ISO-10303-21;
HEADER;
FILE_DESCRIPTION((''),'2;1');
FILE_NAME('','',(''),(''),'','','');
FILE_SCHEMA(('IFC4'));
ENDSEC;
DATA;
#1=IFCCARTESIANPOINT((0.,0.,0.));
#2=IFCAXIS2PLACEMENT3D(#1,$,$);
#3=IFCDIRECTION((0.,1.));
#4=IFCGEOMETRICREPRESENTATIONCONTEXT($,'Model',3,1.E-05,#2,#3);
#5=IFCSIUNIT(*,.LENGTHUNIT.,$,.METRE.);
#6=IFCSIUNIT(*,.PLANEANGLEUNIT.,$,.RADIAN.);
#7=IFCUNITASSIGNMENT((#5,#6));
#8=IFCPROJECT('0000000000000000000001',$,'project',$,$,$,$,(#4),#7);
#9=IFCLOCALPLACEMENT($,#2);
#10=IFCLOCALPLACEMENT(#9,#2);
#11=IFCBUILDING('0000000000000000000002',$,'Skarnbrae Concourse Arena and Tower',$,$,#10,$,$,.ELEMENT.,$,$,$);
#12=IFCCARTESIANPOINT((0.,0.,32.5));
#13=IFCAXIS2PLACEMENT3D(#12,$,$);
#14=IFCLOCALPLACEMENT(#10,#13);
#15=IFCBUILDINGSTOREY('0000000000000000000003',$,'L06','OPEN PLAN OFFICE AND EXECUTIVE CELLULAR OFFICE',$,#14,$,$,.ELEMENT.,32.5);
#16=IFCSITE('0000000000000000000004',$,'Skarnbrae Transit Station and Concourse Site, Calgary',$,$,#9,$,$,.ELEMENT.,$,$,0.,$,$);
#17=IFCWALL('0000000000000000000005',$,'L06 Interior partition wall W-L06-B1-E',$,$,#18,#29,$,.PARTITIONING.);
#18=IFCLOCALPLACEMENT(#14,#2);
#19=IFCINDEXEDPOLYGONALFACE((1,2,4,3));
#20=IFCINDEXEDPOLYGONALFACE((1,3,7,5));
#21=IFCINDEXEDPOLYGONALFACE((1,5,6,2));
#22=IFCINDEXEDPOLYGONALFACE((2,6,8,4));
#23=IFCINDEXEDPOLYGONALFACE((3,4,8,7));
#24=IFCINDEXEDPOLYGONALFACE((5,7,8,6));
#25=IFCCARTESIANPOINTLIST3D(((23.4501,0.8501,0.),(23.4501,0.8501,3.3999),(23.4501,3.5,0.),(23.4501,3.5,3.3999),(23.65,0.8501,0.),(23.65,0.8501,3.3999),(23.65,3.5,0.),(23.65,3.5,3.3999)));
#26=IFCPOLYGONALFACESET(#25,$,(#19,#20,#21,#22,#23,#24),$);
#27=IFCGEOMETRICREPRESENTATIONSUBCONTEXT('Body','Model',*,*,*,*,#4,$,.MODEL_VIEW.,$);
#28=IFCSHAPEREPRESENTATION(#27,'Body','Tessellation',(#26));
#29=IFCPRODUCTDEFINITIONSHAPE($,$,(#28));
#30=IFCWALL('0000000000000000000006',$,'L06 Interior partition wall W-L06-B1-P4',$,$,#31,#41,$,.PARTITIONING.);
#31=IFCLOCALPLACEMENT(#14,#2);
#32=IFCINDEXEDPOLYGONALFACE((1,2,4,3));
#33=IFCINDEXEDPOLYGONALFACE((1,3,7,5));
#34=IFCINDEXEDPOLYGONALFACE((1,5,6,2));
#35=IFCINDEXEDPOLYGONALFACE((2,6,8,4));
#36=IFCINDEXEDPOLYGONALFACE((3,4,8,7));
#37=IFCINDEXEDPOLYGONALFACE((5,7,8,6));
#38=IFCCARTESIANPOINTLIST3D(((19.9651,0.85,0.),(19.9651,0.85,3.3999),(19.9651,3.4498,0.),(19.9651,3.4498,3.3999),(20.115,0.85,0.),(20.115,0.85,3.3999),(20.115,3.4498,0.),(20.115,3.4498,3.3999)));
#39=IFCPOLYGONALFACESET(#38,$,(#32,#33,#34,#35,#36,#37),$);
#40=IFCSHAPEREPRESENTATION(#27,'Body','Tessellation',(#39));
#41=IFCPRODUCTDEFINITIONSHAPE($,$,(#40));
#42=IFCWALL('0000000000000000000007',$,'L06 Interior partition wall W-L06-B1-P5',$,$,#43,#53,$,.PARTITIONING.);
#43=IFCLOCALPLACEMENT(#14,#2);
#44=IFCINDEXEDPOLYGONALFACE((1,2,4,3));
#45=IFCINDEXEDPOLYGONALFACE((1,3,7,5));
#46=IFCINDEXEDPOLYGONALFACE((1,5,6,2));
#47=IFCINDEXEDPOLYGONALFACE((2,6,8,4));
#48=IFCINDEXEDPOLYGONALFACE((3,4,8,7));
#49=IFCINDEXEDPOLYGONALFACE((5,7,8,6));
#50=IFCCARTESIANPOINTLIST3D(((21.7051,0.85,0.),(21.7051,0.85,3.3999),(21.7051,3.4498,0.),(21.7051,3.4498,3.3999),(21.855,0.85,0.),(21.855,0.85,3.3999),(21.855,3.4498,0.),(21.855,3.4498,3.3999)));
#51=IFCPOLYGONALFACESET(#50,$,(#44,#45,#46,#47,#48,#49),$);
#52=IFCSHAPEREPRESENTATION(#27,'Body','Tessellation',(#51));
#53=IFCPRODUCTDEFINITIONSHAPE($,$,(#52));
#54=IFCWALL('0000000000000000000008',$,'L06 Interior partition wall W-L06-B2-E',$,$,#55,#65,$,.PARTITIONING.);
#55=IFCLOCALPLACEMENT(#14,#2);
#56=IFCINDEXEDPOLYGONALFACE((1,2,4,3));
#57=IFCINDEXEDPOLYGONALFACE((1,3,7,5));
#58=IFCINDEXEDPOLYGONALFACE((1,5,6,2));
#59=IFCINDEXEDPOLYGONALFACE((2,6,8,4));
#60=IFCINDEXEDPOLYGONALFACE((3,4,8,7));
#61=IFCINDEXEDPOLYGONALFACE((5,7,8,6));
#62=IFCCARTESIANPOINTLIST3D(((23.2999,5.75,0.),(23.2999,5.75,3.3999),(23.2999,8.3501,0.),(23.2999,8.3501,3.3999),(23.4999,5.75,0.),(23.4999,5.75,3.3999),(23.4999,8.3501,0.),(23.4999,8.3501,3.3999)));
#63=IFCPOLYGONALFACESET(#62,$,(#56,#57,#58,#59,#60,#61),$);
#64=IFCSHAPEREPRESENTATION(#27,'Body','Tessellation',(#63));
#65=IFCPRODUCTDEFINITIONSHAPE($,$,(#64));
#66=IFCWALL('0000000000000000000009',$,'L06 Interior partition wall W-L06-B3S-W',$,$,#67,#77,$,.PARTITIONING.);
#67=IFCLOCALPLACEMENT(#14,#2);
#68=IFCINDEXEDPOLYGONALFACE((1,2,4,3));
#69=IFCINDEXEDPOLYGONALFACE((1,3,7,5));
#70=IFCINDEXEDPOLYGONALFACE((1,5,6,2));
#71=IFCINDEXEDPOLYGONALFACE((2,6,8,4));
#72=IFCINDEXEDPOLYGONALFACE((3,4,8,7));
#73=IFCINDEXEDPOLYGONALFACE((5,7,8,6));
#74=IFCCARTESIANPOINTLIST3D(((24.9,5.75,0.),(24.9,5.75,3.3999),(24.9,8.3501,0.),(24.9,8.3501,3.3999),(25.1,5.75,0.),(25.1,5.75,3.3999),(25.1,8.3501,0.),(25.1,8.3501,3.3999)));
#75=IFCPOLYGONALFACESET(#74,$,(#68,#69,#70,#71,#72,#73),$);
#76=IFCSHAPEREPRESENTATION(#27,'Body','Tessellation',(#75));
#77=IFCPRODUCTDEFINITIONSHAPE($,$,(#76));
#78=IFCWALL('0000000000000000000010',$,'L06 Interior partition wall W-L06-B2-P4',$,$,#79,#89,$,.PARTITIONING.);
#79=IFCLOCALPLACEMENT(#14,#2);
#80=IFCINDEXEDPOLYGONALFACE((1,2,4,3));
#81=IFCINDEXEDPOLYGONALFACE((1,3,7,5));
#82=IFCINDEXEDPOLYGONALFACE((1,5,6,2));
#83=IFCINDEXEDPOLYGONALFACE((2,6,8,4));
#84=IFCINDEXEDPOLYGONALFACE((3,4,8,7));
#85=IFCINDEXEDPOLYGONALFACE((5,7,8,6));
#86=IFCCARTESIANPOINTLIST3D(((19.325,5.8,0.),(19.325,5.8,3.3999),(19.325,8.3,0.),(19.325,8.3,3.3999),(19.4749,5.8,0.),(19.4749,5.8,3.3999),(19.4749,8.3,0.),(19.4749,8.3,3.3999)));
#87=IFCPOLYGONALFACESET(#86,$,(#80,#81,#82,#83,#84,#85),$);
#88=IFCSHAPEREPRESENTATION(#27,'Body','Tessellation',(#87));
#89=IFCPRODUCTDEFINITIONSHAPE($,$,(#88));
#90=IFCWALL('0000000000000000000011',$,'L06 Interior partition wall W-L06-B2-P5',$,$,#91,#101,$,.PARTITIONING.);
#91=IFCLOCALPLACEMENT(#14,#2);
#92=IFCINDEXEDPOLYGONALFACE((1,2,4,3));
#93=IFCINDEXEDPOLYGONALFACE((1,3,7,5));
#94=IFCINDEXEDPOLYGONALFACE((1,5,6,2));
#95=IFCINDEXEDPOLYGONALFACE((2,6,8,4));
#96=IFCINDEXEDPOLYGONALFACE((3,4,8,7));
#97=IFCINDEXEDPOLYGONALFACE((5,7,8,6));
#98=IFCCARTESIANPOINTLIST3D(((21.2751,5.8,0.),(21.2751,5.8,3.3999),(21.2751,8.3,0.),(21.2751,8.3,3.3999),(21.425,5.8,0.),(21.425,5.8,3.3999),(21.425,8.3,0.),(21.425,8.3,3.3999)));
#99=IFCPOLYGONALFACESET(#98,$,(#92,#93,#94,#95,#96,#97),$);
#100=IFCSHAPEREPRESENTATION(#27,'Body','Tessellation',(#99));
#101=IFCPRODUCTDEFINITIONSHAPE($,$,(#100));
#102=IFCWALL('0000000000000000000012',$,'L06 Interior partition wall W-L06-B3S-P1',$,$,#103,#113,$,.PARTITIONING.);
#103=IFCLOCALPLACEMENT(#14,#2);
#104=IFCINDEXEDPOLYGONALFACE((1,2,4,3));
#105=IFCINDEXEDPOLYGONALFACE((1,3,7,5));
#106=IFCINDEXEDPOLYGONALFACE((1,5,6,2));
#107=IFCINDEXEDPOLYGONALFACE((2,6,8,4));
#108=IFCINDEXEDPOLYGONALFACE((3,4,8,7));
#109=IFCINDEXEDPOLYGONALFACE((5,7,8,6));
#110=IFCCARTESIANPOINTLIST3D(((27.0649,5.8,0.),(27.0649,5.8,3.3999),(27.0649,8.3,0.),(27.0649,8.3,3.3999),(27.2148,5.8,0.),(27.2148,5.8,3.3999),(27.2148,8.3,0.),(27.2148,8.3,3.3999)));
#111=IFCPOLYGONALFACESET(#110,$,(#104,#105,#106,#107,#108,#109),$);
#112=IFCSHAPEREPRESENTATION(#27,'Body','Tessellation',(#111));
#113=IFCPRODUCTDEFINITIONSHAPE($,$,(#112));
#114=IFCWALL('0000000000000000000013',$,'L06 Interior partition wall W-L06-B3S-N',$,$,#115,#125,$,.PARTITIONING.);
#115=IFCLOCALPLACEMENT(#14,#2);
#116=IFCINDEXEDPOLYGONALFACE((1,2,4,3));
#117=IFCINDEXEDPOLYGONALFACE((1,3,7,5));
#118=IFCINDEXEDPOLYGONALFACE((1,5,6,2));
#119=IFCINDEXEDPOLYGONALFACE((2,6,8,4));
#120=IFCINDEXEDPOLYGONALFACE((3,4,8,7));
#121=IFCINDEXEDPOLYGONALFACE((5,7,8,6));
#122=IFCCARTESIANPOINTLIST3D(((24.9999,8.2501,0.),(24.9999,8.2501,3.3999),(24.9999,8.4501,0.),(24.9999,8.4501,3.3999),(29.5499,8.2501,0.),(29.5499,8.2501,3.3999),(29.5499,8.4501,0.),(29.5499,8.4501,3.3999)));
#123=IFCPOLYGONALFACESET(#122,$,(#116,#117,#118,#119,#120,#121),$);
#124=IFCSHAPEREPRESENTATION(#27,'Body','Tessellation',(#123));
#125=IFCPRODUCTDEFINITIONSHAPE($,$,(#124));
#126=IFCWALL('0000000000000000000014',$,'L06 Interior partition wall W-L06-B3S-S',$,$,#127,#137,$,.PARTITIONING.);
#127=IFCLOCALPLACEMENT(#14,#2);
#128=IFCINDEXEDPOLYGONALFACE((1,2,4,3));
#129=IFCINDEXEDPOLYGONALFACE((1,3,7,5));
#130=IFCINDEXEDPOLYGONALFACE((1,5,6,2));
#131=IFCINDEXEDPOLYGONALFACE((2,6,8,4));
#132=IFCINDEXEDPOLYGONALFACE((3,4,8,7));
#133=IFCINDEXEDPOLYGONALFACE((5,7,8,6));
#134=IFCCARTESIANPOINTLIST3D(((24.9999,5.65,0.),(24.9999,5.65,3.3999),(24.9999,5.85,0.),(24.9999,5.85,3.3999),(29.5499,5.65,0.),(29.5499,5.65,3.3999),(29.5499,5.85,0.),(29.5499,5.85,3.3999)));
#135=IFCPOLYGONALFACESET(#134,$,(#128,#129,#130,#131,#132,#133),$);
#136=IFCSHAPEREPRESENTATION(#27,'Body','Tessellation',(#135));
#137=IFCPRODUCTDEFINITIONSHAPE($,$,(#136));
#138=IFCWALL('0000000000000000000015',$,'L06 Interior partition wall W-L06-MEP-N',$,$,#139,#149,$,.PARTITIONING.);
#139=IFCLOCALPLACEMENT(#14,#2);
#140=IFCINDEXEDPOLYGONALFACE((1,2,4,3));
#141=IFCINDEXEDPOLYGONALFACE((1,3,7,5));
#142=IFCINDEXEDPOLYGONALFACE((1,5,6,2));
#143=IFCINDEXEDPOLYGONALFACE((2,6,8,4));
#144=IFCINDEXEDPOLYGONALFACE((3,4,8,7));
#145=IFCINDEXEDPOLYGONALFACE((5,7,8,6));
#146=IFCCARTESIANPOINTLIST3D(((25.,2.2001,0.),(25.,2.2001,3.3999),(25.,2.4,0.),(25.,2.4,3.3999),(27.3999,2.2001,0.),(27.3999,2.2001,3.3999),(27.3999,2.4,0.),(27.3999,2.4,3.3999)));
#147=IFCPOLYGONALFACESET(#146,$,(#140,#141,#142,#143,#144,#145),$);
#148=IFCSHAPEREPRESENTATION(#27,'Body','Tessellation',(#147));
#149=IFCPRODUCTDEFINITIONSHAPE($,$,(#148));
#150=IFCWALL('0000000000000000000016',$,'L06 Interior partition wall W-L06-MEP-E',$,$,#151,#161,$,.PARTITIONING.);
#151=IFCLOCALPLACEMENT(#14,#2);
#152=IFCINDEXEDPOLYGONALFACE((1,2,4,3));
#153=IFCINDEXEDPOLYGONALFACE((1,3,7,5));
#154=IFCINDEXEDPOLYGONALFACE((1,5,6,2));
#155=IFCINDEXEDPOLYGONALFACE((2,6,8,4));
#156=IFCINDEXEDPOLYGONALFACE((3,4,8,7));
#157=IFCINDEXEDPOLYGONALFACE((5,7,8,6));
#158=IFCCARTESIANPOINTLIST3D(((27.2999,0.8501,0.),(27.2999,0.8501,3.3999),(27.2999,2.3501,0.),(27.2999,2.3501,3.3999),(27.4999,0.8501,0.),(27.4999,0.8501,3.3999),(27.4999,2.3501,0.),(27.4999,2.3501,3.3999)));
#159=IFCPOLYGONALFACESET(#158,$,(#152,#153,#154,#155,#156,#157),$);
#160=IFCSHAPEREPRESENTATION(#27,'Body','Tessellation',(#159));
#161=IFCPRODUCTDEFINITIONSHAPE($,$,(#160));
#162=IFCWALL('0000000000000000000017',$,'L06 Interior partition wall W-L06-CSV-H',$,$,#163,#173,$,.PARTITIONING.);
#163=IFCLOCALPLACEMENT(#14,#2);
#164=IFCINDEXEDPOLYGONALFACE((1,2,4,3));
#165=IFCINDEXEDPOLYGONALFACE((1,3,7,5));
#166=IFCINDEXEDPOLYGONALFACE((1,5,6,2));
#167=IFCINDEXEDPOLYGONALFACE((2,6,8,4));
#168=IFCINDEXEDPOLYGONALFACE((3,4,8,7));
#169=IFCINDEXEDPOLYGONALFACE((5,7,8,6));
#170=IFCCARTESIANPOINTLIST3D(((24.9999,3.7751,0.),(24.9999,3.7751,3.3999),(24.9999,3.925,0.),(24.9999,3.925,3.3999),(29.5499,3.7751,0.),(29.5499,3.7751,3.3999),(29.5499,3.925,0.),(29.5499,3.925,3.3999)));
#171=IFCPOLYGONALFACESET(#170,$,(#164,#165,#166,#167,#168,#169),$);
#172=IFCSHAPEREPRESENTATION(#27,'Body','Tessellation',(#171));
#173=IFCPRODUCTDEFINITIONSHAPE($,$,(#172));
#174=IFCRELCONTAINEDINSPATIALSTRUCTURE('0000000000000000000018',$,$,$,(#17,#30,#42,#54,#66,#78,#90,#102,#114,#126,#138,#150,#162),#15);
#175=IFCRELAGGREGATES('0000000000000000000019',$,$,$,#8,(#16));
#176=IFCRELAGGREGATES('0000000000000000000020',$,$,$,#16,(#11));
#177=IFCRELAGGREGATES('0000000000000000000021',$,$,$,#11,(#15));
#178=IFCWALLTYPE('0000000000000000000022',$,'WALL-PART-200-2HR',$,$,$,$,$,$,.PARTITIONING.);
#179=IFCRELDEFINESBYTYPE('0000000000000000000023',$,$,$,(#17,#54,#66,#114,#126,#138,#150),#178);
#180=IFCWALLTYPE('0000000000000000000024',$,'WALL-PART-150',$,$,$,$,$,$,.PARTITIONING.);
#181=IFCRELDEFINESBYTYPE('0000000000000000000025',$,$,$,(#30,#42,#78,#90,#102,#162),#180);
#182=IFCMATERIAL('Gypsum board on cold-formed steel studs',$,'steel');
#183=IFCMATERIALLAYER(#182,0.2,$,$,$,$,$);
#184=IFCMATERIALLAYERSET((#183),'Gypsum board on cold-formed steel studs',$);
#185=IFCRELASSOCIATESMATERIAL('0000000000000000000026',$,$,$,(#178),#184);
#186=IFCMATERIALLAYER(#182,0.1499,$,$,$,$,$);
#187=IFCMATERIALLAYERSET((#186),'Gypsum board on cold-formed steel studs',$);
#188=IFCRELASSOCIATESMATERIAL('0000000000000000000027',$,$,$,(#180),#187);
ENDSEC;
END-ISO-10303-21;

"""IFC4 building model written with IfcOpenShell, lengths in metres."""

from ifc_helpers import new_model, si_unit, direction, frame, frame_2d, origin, place, context, subcontext, project, spatial, rectangle, extrude, source, transform, mapped, material, layer, layer_set, type_object, element, save


model = new_model("IFC4")

# Units and contexts
model_context = context("Model", 3, precision=1e-05, world=origin(), true_north=direction((0.0, 1.0)))
body_context = subcontext(model_context, "Body", "Model", "MODEL_VIEW")
ifc_project = project(units=[si_unit("LENGTHUNIT", "METRE"), si_unit("PLANEANGLEUNIT", "RADIAN")], contexts=[model_context])

# Site, building, storey
site_placement = place(None, origin())
site = spatial("IfcSite", under=ifc_project, at=site_placement, Name="Skarnbrae Transit Station and Concourse Site, Calgary", CompositionType="ELEMENT", RefElevation=0.0)
building_placement = place(site_placement, origin())
building = spatial("IfcBuilding", under=site, at=building_placement, Name="Skarnbrae Concourse Arena and Tower", CompositionType="ELEMENT")
storey_placement = place(building_placement, frame((0.0, 0.0, 32.5)))
storey = spatial("IfcBuildingStorey", under=building, at=storey_placement, Name="L06", Description="OPEN PLAN OFFICE AND EXECUTIVE CELLULAR OFFICE", CompositionType="ELEMENT", Elevation=32.5)

# Walls
ifc_material_1 = material(Name="Gypsum board on cold-formed steel studs", Category="steel")
ifc_layer_1 = layer(ifc_material_1, 0.2)
ifc_layer_set_1 = layer_set([ifc_layer_1], Name="Gypsum board on cold-formed steel studs")
wall_type_1 = type_object("IfcWallType", Name="WALL-PART-200-2HR", PredefinedType="PARTITIONING", material=ifc_layer_set_1)
shared_shape_1 = source(origin(), body_context, "Body", "SweptSolid", [
    extrude(rectangle(XDim=2.6499, YDim=0.2, at=frame_2d((1.325, 0.0))), origin(), (0.0, 0.0, 1.0), 3.3999),
])
wall_1_placement = place(storey_placement, frame((23.55, 0.8501, 0.0), z_axis=(0.0, 0.0, 1.0), x_axis=(0.0, 1.0, 0.0)))
element("IfcWall", 1, at=wall_1_placement, inside=storey, type_object=wall_type_1, Name="L06 Interior partition wall W-L06-B1-E", PredefinedType="PARTITIONING", context=body_context, shape_type="MappedRepresentation", body=[
    mapped(shared_shape_1, transform((0.0, 0.0, 0.0))),
])
ifc_layer_2 = layer(ifc_material_1, 0.1499)
ifc_layer_set_2 = layer_set([ifc_layer_2], Name="Gypsum board on cold-formed steel studs")
wall_type_2 = type_object("IfcWallType", Name="WALL-PART-150", PredefinedType="PARTITIONING", material=ifc_layer_set_2)
shared_shape_2 = source(origin(), body_context, "Body", "SweptSolid", [
    extrude(rectangle(XDim=2.5999, YDim=0.1499, at=frame_2d((1.2998, 0.0))), origin(), (0.0, 0.0, 1.0), 3.3999),
])
for number, where, z_axis, x_axis, name in (
    (2, (20.04, 0.8501, 0.0), (0.0, 0.0, 1.0), (0.0, 1.0, 0.0), "L06 Interior partition wall W-L06-B1-P4"),
    (3, (21.78, 0.8501, 0.0), (0.0, 0.0, 1.0), (0.0, 1.0, 0.0), "L06 Interior partition wall W-L06-B1-P5"),
):
    element("IfcWall", number, at=place(storey_placement, frame(where, z_axis=z_axis, x_axis=x_axis)), inside=storey, type_object=wall_type_2, Name=name, PredefinedType="PARTITIONING", context=body_context, shape_type="MappedRepresentation", body=[
        mapped(shared_shape_2, transform((0.0, 0.0, 0.0))),
    ])
shared_shape_3 = source(origin(), body_context, "Body", "SweptSolid", [
    extrude(rectangle(XDim=2.6001, YDim=0.2, at=frame_2d((1.3, 0.0))), origin(), (0.0, 0.0, 1.0), 3.3999),
])
for number, where, z_axis, x_axis, name in (
    (4, (23.3999, 5.75, 0.0), (0.0, 0.0, 1.0), (0.0, 1.0, 0.0), "L06 Interior partition wall W-L06-B2-E"),
    (5, (25.0, 5.75, 0.0), (0.0, 0.0, 1.0), (0.0, 1.0, 0.0), "L06 Interior partition wall W-L06-B3S-W"),
):
    element("IfcWall", number, at=place(storey_placement, frame(where, z_axis=z_axis, x_axis=x_axis)), inside=storey, type_object=wall_type_1, Name=name, PredefinedType="PARTITIONING", context=body_context, shape_type="MappedRepresentation", body=[
        mapped(shared_shape_3, transform((0.0, 0.0, 0.0))),
    ])
shared_shape_4 = source(origin(), body_context, "Body", "SweptSolid", [
    extrude(rectangle(XDim=2.5, YDim=0.1499, at=frame_2d((1.25, 0.0))), origin(), (0.0, 0.0, 1.0), 3.3999),
])
for number, where, z_axis, x_axis, name in (
    (6, (19.3999, 5.8, 0.0), (0.0, 0.0, 1.0), (0.0, 1.0, 0.0), "L06 Interior partition wall W-L06-B2-P4"),
    (7, (21.3501, 5.8, 0.0), (0.0, 0.0, 1.0), (0.0, 1.0, 0.0), "L06 Interior partition wall W-L06-B2-P5"),
    (8, (27.1399, 5.8, 0.0), (0.0, 0.0, 1.0), (0.0, 1.0, 0.0), "L06 Interior partition wall W-L06-B3S-P1"),
):
    element("IfcWall", number, at=place(storey_placement, frame(where, z_axis=z_axis, x_axis=x_axis)), inside=storey, type_object=wall_type_2, Name=name, PredefinedType="PARTITIONING", context=body_context, shape_type="MappedRepresentation", body=[
        mapped(shared_shape_4, transform((0.0, 0.0, 0.0))),
    ])
shared_shape_5 = source(origin(), body_context, "Body", "SweptSolid", [
    extrude(rectangle(XDim=4.55, YDim=0.2, at=frame_2d((2.2749, 0.0))), origin(), (0.0, 0.0, 1.0), 3.3999),
])
for number, where, z_axis, x_axis, name in (
    (9, (25.0, 8.3501, 0.0), (0.0, 0.0, 1.0), (1.0, 0.0, 0.0), "L06 Interior partition wall W-L06-B3S-N"),
    (10, (25.0, 5.75, 0.0), (0.0, 0.0, 1.0), (1.0, 0.0, 0.0), "L06 Interior partition wall W-L06-B3S-S"),
):
    element("IfcWall", number, at=place(storey_placement, frame(where, z_axis=z_axis, x_axis=x_axis)), inside=storey, type_object=wall_type_1, Name=name, PredefinedType="PARTITIONING", context=body_context, shape_type="MappedRepresentation", body=[
        mapped(shared_shape_5, transform((0.0, 0.0, 0.0))),
    ])

# Walls
shared_shape_6 = source(origin(), body_context, "Body", "SweptSolid", [
    extrude(rectangle(XDim=2.3999, YDim=0.2, at=frame_2d((1.2, 0.0))), origin(), (0.0, 0.0, 1.0), 3.3999),
])
wall_2_placement = place(storey_placement, frame((25.0, 2.3, 0.0), z_axis=(0.0, 0.0, 1.0), x_axis=(1.0, 0.0, 0.0)))
element("IfcWall", 11, at=wall_2_placement, inside=storey, type_object=wall_type_1, Name="L06 Interior partition wall W-L06-MEP-N", PredefinedType="PARTITIONING", context=body_context, shape_type="MappedRepresentation", body=[
    mapped(shared_shape_6, transform((0.0, 0.0, 0.0))),
])
shared_shape_7 = source(origin(), body_context, "Body", "SweptSolid", [
    extrude(rectangle(XDim=1.5, YDim=0.2, at=frame_2d((0.75, 0.0))), origin(), (0.0, 0.0, 1.0), 3.3999),
])
wall_3_placement = place(storey_placement, frame((27.3999, 0.8501, 0.0), z_axis=(0.0, 0.0, 1.0), x_axis=(0.0, 1.0, 0.0)))
element("IfcWall", 12, at=wall_3_placement, inside=storey, type_object=wall_type_1, Name="L06 Interior partition wall W-L06-MEP-E", PredefinedType="PARTITIONING", context=body_context, shape_type="MappedRepresentation", body=[
    mapped(shared_shape_7, transform((0.0, 0.0, 0.0))),
])
shared_shape_8 = source(origin(), body_context, "Body", "SweptSolid", [
    extrude(rectangle(XDim=4.55, YDim=0.1499, at=frame_2d((2.2749, 0.0))), origin(), (0.0, 0.0, 1.0), 3.3999),
])
wall_4_placement = place(storey_placement, frame((25.0, 3.8501, 0.0), z_axis=(0.0, 0.0, 1.0), x_axis=(1.0, 0.0, 0.0)))
element("IfcWall", 13, at=wall_4_placement, inside=storey, type_object=wall_type_2, Name="L06 Interior partition wall W-L06-CSV-H", PredefinedType="PARTITIONING", context=body_context, shape_type="MappedRepresentation", body=[
    mapped(shared_shape_8, transform((0.0, 0.0, 0.0))),
])

save(model, "model.ifc")
